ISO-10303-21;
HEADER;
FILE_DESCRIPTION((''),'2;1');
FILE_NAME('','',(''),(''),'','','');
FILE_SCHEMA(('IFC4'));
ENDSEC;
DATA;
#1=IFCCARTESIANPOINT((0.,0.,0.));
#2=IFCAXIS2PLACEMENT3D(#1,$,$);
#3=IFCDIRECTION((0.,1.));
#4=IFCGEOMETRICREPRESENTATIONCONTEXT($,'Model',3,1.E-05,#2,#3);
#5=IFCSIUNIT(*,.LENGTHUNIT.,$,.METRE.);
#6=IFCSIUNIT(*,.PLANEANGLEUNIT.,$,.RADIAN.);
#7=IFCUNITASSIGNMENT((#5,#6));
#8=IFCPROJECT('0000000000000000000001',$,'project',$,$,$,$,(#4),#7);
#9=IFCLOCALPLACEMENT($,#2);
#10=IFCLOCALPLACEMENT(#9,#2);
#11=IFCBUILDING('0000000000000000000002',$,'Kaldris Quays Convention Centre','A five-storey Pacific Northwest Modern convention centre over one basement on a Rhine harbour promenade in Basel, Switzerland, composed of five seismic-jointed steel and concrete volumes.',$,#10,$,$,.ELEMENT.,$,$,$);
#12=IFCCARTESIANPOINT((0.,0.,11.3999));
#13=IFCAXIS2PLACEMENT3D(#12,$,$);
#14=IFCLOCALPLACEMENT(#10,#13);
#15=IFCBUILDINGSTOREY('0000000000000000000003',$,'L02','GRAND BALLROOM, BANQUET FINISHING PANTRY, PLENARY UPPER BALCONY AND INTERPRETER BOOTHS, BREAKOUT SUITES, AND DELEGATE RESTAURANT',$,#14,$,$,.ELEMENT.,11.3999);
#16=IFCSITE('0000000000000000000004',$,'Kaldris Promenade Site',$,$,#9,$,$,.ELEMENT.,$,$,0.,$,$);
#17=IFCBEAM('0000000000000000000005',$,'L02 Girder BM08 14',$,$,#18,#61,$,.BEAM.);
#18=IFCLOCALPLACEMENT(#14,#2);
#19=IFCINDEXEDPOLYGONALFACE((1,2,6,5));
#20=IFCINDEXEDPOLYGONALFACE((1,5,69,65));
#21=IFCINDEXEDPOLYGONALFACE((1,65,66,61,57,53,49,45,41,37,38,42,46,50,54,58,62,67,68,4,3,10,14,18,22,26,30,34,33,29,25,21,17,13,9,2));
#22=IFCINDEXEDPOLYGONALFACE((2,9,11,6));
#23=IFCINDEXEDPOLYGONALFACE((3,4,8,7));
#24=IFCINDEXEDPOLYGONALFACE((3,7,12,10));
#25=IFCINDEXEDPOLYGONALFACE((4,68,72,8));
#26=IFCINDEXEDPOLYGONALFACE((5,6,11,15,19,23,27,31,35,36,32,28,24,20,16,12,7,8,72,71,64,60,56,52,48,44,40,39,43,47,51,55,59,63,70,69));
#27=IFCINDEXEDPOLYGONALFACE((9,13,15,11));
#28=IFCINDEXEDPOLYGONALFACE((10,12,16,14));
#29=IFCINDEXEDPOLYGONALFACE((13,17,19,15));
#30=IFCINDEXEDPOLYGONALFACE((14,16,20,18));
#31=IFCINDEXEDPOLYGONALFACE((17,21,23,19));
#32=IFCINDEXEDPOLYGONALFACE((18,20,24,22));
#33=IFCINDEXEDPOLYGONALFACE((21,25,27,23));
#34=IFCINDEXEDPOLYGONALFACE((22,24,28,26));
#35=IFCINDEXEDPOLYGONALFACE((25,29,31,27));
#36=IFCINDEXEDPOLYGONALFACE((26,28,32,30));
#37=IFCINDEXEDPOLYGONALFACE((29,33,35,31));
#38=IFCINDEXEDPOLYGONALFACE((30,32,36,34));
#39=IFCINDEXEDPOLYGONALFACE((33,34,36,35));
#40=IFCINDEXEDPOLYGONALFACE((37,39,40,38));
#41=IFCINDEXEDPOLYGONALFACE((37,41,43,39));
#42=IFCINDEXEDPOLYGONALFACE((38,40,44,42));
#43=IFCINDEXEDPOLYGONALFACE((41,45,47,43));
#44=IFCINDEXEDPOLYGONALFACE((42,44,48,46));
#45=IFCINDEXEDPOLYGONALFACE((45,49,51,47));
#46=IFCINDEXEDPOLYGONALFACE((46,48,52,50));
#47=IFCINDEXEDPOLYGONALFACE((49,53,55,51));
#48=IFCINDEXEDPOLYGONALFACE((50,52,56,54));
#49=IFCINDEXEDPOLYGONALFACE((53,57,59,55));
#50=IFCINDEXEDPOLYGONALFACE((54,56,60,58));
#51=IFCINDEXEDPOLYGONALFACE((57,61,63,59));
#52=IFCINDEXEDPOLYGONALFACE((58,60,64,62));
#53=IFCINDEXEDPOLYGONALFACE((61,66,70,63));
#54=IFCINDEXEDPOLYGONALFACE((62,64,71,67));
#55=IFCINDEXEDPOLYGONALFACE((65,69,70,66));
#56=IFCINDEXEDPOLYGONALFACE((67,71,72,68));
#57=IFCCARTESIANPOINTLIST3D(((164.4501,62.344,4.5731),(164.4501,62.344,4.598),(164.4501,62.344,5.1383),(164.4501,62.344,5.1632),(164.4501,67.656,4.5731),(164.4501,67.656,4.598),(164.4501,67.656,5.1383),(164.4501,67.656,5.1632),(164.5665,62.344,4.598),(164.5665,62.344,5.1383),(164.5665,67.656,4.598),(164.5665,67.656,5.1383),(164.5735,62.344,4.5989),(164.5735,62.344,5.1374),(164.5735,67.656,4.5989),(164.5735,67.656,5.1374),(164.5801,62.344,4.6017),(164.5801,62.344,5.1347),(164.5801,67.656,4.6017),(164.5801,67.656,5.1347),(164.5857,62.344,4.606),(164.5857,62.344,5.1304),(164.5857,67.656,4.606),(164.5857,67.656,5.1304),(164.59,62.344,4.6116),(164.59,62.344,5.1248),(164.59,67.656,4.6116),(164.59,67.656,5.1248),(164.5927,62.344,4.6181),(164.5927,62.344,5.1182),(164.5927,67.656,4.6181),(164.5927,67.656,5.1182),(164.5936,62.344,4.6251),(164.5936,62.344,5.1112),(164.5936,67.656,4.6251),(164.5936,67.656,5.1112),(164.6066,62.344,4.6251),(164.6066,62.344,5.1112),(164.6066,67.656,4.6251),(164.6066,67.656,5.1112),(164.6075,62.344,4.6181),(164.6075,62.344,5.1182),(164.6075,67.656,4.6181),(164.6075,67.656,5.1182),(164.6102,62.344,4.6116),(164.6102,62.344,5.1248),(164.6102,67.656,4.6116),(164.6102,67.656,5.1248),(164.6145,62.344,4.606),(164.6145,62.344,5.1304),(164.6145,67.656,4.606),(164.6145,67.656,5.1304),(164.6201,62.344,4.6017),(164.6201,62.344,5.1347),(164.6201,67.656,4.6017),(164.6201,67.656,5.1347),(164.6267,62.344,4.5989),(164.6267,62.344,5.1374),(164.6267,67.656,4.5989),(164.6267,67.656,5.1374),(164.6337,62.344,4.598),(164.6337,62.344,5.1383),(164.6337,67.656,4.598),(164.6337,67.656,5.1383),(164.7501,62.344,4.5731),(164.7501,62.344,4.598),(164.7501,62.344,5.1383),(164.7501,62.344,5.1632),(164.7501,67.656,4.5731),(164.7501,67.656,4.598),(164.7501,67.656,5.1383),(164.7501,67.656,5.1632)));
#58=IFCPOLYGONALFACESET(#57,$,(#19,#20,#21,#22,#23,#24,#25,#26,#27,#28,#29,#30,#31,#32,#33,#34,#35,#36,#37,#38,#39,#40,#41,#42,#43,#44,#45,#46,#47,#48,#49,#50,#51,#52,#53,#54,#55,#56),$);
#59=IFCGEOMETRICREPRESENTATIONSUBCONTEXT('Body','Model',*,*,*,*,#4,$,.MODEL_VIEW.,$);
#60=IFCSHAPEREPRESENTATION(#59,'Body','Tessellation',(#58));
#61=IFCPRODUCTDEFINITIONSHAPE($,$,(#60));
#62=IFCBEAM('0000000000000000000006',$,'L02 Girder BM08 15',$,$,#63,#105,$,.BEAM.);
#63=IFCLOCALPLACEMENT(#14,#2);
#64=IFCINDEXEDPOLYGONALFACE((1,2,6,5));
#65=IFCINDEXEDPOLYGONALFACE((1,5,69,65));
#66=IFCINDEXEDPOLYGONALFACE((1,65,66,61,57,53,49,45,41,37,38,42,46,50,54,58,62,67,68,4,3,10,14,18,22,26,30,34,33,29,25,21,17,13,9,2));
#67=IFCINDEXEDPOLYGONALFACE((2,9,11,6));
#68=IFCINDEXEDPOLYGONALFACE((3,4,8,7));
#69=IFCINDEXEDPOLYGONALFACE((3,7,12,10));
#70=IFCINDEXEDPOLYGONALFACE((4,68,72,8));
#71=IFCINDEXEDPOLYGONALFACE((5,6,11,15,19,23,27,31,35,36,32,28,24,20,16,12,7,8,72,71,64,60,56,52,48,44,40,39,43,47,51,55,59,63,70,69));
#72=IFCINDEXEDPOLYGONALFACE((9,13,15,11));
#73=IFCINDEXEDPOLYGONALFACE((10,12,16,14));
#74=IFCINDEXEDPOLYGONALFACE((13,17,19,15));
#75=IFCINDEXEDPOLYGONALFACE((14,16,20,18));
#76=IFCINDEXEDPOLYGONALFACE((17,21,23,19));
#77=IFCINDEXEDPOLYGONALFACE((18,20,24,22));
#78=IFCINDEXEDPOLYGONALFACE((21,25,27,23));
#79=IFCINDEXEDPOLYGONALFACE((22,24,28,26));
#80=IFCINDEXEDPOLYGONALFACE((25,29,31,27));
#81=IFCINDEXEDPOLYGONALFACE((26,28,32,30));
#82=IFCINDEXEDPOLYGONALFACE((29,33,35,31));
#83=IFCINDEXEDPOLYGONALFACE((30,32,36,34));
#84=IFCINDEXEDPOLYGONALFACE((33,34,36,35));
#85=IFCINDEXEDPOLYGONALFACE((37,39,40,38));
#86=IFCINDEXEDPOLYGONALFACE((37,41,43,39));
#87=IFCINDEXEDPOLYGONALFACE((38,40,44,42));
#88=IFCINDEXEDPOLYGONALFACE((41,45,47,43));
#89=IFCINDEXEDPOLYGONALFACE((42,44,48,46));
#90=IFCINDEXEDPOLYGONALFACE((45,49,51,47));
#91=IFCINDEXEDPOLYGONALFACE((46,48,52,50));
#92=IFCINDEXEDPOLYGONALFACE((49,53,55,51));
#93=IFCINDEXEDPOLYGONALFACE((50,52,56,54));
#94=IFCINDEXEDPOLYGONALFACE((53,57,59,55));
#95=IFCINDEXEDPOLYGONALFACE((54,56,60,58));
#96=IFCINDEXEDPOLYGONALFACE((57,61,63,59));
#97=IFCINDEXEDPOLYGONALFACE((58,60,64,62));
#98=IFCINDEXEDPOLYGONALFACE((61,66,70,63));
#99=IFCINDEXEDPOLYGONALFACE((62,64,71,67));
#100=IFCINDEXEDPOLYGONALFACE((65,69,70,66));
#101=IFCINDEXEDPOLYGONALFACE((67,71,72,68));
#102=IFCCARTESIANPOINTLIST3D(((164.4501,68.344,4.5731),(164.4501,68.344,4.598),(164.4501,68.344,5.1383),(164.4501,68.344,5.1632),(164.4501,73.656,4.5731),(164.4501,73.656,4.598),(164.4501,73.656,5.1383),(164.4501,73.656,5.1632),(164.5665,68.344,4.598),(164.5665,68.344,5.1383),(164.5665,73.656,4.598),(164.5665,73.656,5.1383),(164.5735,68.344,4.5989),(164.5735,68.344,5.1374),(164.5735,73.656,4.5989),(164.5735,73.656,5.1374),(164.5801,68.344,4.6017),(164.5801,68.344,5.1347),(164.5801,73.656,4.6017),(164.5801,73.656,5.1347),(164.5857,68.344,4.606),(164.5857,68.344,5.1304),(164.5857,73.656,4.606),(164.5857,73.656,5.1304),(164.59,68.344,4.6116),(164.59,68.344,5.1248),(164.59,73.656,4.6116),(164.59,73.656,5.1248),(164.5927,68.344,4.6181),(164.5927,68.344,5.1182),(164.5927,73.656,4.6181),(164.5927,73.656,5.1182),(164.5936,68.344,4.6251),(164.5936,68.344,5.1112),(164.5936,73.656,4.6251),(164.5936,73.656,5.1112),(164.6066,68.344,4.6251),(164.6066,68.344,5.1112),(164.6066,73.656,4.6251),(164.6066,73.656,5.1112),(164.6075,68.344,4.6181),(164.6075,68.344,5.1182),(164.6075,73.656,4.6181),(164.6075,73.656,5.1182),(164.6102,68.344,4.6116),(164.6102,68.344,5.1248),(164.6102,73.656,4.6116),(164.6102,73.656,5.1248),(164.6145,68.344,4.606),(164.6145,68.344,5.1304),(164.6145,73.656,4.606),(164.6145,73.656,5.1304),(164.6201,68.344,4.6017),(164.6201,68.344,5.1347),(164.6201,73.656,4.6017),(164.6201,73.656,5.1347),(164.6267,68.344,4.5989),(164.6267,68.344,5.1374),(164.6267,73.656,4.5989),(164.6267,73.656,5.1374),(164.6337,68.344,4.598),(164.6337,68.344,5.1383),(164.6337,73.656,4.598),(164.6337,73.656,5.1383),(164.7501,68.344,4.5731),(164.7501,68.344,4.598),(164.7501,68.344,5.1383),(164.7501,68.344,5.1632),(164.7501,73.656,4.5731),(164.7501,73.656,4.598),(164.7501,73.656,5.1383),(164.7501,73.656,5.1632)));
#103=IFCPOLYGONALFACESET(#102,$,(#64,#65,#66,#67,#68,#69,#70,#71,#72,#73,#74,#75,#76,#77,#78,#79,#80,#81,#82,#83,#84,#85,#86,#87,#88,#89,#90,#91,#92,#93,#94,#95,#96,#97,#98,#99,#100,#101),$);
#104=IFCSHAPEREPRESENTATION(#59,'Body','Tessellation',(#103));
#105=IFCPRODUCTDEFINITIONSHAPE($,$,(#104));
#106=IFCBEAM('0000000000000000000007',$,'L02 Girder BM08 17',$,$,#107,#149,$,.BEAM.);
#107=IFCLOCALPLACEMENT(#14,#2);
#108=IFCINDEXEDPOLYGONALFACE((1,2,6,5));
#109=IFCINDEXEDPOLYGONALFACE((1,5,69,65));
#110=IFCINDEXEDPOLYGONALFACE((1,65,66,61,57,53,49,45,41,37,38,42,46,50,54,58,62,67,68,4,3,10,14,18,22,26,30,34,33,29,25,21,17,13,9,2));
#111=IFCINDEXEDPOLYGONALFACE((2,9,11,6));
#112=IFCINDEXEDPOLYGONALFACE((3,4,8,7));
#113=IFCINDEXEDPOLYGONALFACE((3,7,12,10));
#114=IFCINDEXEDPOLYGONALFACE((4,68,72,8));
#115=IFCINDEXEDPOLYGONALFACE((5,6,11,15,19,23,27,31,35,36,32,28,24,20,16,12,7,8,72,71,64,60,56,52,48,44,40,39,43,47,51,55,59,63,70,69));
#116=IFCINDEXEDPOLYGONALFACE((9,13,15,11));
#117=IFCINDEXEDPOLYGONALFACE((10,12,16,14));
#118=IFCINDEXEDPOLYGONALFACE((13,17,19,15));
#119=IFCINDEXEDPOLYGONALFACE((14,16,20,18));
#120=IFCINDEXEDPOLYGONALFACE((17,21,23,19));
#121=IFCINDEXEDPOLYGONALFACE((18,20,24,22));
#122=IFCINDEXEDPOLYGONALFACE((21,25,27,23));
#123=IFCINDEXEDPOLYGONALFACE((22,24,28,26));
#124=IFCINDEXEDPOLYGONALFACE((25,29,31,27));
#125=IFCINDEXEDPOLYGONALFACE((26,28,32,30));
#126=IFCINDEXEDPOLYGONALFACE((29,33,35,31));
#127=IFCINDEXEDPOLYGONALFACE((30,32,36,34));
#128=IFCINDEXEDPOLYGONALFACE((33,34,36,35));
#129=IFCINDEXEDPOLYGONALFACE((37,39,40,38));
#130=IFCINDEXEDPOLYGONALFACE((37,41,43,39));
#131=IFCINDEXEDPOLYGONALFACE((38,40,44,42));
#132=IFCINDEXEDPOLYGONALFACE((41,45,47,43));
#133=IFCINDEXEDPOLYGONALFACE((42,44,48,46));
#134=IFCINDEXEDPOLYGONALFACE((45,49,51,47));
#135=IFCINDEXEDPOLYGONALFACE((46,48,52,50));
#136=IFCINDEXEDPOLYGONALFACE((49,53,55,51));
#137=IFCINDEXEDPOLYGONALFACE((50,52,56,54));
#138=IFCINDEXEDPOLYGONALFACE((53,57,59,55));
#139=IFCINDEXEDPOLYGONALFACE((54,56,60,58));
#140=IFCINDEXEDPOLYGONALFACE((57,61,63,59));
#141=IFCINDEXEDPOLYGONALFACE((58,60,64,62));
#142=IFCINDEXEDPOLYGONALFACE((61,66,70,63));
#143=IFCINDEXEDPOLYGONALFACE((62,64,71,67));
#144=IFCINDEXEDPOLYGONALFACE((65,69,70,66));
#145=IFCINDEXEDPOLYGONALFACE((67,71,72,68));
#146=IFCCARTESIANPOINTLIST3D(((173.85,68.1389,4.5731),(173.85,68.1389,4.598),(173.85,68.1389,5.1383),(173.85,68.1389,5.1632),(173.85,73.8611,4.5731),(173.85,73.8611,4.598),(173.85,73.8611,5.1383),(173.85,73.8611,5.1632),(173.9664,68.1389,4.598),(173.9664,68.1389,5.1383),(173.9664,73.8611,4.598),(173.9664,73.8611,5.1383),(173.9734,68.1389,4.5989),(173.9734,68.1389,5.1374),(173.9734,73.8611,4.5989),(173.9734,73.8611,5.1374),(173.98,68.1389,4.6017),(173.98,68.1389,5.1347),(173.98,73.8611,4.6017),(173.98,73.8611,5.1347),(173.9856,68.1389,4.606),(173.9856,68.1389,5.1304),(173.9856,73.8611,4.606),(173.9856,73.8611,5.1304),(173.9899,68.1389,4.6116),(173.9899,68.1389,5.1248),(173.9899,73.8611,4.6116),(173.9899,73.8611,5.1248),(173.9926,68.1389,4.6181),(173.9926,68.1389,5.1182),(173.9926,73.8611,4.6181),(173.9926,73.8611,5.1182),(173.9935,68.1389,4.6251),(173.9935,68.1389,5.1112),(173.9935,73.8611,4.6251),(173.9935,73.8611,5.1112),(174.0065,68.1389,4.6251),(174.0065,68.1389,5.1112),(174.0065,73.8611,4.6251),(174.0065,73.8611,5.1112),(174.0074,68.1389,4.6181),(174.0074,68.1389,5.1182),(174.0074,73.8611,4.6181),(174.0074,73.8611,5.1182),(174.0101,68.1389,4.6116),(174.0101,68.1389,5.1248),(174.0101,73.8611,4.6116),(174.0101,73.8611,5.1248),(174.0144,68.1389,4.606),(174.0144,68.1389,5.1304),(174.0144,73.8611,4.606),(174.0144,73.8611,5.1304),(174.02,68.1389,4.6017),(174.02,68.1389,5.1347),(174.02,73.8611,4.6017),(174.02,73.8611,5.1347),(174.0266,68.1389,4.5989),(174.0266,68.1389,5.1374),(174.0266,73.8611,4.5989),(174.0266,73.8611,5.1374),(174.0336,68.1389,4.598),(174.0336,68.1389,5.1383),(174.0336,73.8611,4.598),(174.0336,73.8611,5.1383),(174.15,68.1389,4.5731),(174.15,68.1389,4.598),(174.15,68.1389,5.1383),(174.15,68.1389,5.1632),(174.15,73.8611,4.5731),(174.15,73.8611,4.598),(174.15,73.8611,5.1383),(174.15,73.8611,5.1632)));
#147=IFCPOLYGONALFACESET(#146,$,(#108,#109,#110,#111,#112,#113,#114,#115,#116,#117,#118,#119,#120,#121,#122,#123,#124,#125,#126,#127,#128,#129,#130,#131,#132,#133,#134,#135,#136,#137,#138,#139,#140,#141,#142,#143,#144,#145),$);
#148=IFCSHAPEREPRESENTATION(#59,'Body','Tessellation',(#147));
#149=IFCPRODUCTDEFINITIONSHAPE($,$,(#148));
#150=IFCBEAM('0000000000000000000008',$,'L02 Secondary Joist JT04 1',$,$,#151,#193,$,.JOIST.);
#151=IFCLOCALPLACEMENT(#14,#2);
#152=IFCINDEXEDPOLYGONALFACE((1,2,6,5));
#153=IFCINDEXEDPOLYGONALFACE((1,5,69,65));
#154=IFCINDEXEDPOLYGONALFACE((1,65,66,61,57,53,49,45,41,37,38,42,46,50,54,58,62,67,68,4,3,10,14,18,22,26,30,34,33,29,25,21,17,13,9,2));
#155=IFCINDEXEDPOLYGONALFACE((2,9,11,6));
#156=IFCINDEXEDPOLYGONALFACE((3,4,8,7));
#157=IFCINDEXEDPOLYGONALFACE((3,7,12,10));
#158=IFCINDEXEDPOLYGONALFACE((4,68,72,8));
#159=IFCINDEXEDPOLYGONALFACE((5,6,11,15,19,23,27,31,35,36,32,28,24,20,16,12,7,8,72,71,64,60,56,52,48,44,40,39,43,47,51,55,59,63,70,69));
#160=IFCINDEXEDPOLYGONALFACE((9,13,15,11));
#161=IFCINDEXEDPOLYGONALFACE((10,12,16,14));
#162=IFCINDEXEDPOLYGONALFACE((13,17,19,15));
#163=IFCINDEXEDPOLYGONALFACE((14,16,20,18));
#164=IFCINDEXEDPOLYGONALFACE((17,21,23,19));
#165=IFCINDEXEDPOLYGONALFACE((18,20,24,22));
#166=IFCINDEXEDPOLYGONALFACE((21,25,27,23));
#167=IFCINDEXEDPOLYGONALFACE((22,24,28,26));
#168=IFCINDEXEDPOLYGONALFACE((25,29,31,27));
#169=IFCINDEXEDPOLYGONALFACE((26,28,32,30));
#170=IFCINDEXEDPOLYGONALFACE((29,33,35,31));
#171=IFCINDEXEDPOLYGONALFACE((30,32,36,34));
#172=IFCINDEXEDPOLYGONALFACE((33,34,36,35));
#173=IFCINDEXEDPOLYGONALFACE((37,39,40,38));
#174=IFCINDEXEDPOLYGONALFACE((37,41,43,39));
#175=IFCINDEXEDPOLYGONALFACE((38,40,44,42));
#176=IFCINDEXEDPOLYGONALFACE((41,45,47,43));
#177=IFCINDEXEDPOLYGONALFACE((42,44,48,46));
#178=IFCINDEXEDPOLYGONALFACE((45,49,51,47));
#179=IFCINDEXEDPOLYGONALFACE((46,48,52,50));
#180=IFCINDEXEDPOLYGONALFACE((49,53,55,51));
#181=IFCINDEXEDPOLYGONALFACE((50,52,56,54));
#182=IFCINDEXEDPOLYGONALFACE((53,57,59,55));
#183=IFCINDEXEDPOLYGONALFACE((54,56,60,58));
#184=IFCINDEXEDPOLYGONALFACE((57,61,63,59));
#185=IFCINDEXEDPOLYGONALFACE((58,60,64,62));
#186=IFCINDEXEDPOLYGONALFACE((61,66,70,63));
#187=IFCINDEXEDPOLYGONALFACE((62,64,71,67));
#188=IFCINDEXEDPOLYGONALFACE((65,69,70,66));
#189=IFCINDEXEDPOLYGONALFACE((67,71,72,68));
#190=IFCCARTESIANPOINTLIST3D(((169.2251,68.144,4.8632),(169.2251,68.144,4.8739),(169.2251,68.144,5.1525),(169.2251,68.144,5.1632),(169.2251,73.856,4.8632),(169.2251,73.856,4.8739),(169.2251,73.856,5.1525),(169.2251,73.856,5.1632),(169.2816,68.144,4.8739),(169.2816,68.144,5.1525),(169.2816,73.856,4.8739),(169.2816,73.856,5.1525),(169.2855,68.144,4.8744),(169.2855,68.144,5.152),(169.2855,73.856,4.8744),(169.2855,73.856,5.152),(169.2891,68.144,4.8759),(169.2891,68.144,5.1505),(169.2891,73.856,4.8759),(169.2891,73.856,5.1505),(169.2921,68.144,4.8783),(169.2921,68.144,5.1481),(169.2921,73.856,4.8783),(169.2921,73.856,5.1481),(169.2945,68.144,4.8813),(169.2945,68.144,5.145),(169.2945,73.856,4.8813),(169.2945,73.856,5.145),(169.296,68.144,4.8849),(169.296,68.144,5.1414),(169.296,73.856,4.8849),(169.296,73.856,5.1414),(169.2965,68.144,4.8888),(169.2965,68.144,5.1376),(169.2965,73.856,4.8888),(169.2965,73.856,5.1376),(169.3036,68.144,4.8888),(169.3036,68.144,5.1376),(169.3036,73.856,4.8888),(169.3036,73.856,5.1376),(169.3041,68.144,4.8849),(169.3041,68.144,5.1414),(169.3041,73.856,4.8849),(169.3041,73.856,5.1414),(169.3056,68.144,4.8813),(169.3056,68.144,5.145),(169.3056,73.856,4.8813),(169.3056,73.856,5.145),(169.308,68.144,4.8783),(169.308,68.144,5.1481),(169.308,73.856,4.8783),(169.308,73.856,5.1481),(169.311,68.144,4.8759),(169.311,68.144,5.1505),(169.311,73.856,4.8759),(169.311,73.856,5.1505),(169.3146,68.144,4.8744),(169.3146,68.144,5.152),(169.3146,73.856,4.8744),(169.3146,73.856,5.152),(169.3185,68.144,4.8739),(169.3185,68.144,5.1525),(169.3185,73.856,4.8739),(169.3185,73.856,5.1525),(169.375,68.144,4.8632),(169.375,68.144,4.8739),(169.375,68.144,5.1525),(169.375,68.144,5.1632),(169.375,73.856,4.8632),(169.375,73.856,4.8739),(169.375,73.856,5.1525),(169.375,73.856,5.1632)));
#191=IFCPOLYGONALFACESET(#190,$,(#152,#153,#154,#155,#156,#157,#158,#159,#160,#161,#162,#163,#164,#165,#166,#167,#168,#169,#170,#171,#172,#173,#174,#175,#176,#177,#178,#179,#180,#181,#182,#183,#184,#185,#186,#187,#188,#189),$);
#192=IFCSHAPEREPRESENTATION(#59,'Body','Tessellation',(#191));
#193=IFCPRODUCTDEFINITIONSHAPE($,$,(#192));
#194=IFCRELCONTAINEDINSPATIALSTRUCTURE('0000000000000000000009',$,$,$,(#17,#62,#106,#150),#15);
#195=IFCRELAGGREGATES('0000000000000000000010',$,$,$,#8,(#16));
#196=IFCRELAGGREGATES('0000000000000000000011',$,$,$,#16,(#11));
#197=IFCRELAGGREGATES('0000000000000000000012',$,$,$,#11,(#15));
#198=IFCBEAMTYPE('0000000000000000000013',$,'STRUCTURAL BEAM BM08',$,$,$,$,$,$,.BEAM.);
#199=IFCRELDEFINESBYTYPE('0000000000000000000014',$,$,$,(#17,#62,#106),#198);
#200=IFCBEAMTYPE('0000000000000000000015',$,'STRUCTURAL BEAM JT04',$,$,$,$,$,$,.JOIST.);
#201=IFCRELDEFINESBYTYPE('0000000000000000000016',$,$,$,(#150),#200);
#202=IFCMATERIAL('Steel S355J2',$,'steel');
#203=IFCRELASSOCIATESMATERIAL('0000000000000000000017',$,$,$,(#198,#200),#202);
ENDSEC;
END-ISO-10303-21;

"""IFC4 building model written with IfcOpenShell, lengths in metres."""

from ifc_helpers import new_model, si_unit, direction, frame, origin, origin_2d, place, context, subcontext, project, spatial, i_section, extrude, material, material_profile, profile_set, type_object, element, save


model = new_model("IFC4")

# Units and contexts
model_context = context("Model", 3, precision=1e-05, world=origin(), true_north=direction((0.0, 1.0)))
body_context = subcontext(model_context, "Body", "Model", "MODEL_VIEW")
ifc_project = project(units=[si_unit("LENGTHUNIT", "METRE"), si_unit("PLANEANGLEUNIT", "RADIAN")], contexts=[model_context])

# Site, building, storey
site_placement = place(None, origin())
site = spatial("IfcSite", under=ifc_project, at=site_placement, Name="Kaldris Promenade Site", CompositionType="ELEMENT", RefElevation=0.0)
building_placement = place(site_placement, origin())
building = spatial("IfcBuilding", under=site, at=building_placement, Name="Kaldris Quays Convention Centre", Description="A five-storey Pacific Northwest Modern convention centre over one basement on a Rhine harbour promenade in Basel, Switzerland, composed of five seismic-jointed steel and concrete volumes.", CompositionType="ELEMENT")
storey_placement = place(building_placement, frame((0.0, 0.0, 11.3999)))
storey = spatial("IfcBuildingStorey", under=building, at=storey_placement, Name="L02", Description="GRAND BALLROOM, BANQUET FINISHING PANTRY, PLENARY UPPER BALCONY AND INTERPRETER BOOTHS, BREAKOUT SUITES, AND DELEGATE RESTAURANT", CompositionType="ELEMENT", Elevation=11.3999)

# Shared definitions
ifc_material_1 = material(Name="Steel S355J2", Category="steel")

# Beams
ifc_material_profile_1 = material_profile(ifc_material_1, i_section(OverallWidth=0.3, OverallDepth=0.5901, WebThickness=0.0129, FlangeThickness=0.0249, FilletRadius=0.0271, at=origin_2d()), Name="HEA 600")
ifc_profile_set_1 = profile_set([ifc_material_profile_1], Name="Steel S355J2")
beam_type_1 = type_object("IfcBeamType", Name="STRUCTURAL BEAM BM08", PredefinedType="BEAM", material=ifc_profile_set_1)
for number, where, z_axis, x_axis, name in (
    (1, (164.6001, 62.344, 4.8682), (0.0, 1.0, 0.0), (-1.0, 0.0, 0.0), "L02 Girder BM08 14"),
    (2, (164.6001, 68.344, 4.8682), (0.0, 1.0, 0.0), (-1.0, 0.0, 0.0), "L02 Girder BM08 15"),
):
    element("IfcBeam", number, at=place(storey_placement, frame(where, z_axis=z_axis, x_axis=x_axis)), inside=storey, type_object=beam_type_1, Name=name, PredefinedType="BEAM", context=body_context, shape_type="SweptSolid", body=[
        extrude(i_section(OverallWidth=0.3, OverallDepth=0.5901, WebThickness=0.0129, FlangeThickness=0.0249, FilletRadius=0.0271, at=origin_2d()), origin(), (0.0, 0.0, 1.0), 5.312),
    ])
beam_1_placement = place(storey_placement, frame((174.0, 68.1389, 4.8682), z_axis=(0.0, 1.0, 0.0), x_axis=(-1.0, 0.0, 0.0)))
element("IfcBeam", 3, at=beam_1_placement, inside=storey, type_object=beam_type_1, Name="L02 Girder BM08 17", PredefinedType="BEAM", context=body_context, shape_type="SweptSolid", body=[
    extrude(i_section(OverallWidth=0.3, OverallDepth=0.5901, WebThickness=0.0129, FlangeThickness=0.0249, FilletRadius=0.0271, at=origin_2d()), origin(), (0.0, 0.0, 1.0), 5.7222),
])
ifc_material_profile_2 = material_profile(ifc_material_1, i_section(OverallWidth=0.1499, OverallDepth=0.3, WebThickness=0.0071, FlangeThickness=0.0107, FilletRadius=0.0149, at=origin_2d()), Name="IPE 300")
ifc_profile_set_2 = profile_set([ifc_material_profile_2], Name="Steel S355J2")
beam_type_2 = type_object("IfcBeamType", Name="STRUCTURAL BEAM JT04", PredefinedType="JOIST", material=ifc_profile_set_2)
beam_2_placement = place(storey_placement, frame((169.3, 68.144, 5.0132), z_axis=(0.0, 1.0, 0.0), x_axis=(-1.0, 0.0, 0.0)))
element("IfcBeam", 4, at=beam_2_placement, inside=storey, type_object=beam_type_2, Name="L02 Secondary Joist JT04 1", PredefinedType="JOIST", context=body_context, shape_type="SweptSolid", body=[
    extrude(i_section(OverallWidth=0.1499, OverallDepth=0.3, WebThickness=0.0071, FlangeThickness=0.0107, FilletRadius=0.0149, at=origin_2d()), origin(), (0.0, 0.0, 1.0), 5.7119),
])

save(model, "model.ifc")
